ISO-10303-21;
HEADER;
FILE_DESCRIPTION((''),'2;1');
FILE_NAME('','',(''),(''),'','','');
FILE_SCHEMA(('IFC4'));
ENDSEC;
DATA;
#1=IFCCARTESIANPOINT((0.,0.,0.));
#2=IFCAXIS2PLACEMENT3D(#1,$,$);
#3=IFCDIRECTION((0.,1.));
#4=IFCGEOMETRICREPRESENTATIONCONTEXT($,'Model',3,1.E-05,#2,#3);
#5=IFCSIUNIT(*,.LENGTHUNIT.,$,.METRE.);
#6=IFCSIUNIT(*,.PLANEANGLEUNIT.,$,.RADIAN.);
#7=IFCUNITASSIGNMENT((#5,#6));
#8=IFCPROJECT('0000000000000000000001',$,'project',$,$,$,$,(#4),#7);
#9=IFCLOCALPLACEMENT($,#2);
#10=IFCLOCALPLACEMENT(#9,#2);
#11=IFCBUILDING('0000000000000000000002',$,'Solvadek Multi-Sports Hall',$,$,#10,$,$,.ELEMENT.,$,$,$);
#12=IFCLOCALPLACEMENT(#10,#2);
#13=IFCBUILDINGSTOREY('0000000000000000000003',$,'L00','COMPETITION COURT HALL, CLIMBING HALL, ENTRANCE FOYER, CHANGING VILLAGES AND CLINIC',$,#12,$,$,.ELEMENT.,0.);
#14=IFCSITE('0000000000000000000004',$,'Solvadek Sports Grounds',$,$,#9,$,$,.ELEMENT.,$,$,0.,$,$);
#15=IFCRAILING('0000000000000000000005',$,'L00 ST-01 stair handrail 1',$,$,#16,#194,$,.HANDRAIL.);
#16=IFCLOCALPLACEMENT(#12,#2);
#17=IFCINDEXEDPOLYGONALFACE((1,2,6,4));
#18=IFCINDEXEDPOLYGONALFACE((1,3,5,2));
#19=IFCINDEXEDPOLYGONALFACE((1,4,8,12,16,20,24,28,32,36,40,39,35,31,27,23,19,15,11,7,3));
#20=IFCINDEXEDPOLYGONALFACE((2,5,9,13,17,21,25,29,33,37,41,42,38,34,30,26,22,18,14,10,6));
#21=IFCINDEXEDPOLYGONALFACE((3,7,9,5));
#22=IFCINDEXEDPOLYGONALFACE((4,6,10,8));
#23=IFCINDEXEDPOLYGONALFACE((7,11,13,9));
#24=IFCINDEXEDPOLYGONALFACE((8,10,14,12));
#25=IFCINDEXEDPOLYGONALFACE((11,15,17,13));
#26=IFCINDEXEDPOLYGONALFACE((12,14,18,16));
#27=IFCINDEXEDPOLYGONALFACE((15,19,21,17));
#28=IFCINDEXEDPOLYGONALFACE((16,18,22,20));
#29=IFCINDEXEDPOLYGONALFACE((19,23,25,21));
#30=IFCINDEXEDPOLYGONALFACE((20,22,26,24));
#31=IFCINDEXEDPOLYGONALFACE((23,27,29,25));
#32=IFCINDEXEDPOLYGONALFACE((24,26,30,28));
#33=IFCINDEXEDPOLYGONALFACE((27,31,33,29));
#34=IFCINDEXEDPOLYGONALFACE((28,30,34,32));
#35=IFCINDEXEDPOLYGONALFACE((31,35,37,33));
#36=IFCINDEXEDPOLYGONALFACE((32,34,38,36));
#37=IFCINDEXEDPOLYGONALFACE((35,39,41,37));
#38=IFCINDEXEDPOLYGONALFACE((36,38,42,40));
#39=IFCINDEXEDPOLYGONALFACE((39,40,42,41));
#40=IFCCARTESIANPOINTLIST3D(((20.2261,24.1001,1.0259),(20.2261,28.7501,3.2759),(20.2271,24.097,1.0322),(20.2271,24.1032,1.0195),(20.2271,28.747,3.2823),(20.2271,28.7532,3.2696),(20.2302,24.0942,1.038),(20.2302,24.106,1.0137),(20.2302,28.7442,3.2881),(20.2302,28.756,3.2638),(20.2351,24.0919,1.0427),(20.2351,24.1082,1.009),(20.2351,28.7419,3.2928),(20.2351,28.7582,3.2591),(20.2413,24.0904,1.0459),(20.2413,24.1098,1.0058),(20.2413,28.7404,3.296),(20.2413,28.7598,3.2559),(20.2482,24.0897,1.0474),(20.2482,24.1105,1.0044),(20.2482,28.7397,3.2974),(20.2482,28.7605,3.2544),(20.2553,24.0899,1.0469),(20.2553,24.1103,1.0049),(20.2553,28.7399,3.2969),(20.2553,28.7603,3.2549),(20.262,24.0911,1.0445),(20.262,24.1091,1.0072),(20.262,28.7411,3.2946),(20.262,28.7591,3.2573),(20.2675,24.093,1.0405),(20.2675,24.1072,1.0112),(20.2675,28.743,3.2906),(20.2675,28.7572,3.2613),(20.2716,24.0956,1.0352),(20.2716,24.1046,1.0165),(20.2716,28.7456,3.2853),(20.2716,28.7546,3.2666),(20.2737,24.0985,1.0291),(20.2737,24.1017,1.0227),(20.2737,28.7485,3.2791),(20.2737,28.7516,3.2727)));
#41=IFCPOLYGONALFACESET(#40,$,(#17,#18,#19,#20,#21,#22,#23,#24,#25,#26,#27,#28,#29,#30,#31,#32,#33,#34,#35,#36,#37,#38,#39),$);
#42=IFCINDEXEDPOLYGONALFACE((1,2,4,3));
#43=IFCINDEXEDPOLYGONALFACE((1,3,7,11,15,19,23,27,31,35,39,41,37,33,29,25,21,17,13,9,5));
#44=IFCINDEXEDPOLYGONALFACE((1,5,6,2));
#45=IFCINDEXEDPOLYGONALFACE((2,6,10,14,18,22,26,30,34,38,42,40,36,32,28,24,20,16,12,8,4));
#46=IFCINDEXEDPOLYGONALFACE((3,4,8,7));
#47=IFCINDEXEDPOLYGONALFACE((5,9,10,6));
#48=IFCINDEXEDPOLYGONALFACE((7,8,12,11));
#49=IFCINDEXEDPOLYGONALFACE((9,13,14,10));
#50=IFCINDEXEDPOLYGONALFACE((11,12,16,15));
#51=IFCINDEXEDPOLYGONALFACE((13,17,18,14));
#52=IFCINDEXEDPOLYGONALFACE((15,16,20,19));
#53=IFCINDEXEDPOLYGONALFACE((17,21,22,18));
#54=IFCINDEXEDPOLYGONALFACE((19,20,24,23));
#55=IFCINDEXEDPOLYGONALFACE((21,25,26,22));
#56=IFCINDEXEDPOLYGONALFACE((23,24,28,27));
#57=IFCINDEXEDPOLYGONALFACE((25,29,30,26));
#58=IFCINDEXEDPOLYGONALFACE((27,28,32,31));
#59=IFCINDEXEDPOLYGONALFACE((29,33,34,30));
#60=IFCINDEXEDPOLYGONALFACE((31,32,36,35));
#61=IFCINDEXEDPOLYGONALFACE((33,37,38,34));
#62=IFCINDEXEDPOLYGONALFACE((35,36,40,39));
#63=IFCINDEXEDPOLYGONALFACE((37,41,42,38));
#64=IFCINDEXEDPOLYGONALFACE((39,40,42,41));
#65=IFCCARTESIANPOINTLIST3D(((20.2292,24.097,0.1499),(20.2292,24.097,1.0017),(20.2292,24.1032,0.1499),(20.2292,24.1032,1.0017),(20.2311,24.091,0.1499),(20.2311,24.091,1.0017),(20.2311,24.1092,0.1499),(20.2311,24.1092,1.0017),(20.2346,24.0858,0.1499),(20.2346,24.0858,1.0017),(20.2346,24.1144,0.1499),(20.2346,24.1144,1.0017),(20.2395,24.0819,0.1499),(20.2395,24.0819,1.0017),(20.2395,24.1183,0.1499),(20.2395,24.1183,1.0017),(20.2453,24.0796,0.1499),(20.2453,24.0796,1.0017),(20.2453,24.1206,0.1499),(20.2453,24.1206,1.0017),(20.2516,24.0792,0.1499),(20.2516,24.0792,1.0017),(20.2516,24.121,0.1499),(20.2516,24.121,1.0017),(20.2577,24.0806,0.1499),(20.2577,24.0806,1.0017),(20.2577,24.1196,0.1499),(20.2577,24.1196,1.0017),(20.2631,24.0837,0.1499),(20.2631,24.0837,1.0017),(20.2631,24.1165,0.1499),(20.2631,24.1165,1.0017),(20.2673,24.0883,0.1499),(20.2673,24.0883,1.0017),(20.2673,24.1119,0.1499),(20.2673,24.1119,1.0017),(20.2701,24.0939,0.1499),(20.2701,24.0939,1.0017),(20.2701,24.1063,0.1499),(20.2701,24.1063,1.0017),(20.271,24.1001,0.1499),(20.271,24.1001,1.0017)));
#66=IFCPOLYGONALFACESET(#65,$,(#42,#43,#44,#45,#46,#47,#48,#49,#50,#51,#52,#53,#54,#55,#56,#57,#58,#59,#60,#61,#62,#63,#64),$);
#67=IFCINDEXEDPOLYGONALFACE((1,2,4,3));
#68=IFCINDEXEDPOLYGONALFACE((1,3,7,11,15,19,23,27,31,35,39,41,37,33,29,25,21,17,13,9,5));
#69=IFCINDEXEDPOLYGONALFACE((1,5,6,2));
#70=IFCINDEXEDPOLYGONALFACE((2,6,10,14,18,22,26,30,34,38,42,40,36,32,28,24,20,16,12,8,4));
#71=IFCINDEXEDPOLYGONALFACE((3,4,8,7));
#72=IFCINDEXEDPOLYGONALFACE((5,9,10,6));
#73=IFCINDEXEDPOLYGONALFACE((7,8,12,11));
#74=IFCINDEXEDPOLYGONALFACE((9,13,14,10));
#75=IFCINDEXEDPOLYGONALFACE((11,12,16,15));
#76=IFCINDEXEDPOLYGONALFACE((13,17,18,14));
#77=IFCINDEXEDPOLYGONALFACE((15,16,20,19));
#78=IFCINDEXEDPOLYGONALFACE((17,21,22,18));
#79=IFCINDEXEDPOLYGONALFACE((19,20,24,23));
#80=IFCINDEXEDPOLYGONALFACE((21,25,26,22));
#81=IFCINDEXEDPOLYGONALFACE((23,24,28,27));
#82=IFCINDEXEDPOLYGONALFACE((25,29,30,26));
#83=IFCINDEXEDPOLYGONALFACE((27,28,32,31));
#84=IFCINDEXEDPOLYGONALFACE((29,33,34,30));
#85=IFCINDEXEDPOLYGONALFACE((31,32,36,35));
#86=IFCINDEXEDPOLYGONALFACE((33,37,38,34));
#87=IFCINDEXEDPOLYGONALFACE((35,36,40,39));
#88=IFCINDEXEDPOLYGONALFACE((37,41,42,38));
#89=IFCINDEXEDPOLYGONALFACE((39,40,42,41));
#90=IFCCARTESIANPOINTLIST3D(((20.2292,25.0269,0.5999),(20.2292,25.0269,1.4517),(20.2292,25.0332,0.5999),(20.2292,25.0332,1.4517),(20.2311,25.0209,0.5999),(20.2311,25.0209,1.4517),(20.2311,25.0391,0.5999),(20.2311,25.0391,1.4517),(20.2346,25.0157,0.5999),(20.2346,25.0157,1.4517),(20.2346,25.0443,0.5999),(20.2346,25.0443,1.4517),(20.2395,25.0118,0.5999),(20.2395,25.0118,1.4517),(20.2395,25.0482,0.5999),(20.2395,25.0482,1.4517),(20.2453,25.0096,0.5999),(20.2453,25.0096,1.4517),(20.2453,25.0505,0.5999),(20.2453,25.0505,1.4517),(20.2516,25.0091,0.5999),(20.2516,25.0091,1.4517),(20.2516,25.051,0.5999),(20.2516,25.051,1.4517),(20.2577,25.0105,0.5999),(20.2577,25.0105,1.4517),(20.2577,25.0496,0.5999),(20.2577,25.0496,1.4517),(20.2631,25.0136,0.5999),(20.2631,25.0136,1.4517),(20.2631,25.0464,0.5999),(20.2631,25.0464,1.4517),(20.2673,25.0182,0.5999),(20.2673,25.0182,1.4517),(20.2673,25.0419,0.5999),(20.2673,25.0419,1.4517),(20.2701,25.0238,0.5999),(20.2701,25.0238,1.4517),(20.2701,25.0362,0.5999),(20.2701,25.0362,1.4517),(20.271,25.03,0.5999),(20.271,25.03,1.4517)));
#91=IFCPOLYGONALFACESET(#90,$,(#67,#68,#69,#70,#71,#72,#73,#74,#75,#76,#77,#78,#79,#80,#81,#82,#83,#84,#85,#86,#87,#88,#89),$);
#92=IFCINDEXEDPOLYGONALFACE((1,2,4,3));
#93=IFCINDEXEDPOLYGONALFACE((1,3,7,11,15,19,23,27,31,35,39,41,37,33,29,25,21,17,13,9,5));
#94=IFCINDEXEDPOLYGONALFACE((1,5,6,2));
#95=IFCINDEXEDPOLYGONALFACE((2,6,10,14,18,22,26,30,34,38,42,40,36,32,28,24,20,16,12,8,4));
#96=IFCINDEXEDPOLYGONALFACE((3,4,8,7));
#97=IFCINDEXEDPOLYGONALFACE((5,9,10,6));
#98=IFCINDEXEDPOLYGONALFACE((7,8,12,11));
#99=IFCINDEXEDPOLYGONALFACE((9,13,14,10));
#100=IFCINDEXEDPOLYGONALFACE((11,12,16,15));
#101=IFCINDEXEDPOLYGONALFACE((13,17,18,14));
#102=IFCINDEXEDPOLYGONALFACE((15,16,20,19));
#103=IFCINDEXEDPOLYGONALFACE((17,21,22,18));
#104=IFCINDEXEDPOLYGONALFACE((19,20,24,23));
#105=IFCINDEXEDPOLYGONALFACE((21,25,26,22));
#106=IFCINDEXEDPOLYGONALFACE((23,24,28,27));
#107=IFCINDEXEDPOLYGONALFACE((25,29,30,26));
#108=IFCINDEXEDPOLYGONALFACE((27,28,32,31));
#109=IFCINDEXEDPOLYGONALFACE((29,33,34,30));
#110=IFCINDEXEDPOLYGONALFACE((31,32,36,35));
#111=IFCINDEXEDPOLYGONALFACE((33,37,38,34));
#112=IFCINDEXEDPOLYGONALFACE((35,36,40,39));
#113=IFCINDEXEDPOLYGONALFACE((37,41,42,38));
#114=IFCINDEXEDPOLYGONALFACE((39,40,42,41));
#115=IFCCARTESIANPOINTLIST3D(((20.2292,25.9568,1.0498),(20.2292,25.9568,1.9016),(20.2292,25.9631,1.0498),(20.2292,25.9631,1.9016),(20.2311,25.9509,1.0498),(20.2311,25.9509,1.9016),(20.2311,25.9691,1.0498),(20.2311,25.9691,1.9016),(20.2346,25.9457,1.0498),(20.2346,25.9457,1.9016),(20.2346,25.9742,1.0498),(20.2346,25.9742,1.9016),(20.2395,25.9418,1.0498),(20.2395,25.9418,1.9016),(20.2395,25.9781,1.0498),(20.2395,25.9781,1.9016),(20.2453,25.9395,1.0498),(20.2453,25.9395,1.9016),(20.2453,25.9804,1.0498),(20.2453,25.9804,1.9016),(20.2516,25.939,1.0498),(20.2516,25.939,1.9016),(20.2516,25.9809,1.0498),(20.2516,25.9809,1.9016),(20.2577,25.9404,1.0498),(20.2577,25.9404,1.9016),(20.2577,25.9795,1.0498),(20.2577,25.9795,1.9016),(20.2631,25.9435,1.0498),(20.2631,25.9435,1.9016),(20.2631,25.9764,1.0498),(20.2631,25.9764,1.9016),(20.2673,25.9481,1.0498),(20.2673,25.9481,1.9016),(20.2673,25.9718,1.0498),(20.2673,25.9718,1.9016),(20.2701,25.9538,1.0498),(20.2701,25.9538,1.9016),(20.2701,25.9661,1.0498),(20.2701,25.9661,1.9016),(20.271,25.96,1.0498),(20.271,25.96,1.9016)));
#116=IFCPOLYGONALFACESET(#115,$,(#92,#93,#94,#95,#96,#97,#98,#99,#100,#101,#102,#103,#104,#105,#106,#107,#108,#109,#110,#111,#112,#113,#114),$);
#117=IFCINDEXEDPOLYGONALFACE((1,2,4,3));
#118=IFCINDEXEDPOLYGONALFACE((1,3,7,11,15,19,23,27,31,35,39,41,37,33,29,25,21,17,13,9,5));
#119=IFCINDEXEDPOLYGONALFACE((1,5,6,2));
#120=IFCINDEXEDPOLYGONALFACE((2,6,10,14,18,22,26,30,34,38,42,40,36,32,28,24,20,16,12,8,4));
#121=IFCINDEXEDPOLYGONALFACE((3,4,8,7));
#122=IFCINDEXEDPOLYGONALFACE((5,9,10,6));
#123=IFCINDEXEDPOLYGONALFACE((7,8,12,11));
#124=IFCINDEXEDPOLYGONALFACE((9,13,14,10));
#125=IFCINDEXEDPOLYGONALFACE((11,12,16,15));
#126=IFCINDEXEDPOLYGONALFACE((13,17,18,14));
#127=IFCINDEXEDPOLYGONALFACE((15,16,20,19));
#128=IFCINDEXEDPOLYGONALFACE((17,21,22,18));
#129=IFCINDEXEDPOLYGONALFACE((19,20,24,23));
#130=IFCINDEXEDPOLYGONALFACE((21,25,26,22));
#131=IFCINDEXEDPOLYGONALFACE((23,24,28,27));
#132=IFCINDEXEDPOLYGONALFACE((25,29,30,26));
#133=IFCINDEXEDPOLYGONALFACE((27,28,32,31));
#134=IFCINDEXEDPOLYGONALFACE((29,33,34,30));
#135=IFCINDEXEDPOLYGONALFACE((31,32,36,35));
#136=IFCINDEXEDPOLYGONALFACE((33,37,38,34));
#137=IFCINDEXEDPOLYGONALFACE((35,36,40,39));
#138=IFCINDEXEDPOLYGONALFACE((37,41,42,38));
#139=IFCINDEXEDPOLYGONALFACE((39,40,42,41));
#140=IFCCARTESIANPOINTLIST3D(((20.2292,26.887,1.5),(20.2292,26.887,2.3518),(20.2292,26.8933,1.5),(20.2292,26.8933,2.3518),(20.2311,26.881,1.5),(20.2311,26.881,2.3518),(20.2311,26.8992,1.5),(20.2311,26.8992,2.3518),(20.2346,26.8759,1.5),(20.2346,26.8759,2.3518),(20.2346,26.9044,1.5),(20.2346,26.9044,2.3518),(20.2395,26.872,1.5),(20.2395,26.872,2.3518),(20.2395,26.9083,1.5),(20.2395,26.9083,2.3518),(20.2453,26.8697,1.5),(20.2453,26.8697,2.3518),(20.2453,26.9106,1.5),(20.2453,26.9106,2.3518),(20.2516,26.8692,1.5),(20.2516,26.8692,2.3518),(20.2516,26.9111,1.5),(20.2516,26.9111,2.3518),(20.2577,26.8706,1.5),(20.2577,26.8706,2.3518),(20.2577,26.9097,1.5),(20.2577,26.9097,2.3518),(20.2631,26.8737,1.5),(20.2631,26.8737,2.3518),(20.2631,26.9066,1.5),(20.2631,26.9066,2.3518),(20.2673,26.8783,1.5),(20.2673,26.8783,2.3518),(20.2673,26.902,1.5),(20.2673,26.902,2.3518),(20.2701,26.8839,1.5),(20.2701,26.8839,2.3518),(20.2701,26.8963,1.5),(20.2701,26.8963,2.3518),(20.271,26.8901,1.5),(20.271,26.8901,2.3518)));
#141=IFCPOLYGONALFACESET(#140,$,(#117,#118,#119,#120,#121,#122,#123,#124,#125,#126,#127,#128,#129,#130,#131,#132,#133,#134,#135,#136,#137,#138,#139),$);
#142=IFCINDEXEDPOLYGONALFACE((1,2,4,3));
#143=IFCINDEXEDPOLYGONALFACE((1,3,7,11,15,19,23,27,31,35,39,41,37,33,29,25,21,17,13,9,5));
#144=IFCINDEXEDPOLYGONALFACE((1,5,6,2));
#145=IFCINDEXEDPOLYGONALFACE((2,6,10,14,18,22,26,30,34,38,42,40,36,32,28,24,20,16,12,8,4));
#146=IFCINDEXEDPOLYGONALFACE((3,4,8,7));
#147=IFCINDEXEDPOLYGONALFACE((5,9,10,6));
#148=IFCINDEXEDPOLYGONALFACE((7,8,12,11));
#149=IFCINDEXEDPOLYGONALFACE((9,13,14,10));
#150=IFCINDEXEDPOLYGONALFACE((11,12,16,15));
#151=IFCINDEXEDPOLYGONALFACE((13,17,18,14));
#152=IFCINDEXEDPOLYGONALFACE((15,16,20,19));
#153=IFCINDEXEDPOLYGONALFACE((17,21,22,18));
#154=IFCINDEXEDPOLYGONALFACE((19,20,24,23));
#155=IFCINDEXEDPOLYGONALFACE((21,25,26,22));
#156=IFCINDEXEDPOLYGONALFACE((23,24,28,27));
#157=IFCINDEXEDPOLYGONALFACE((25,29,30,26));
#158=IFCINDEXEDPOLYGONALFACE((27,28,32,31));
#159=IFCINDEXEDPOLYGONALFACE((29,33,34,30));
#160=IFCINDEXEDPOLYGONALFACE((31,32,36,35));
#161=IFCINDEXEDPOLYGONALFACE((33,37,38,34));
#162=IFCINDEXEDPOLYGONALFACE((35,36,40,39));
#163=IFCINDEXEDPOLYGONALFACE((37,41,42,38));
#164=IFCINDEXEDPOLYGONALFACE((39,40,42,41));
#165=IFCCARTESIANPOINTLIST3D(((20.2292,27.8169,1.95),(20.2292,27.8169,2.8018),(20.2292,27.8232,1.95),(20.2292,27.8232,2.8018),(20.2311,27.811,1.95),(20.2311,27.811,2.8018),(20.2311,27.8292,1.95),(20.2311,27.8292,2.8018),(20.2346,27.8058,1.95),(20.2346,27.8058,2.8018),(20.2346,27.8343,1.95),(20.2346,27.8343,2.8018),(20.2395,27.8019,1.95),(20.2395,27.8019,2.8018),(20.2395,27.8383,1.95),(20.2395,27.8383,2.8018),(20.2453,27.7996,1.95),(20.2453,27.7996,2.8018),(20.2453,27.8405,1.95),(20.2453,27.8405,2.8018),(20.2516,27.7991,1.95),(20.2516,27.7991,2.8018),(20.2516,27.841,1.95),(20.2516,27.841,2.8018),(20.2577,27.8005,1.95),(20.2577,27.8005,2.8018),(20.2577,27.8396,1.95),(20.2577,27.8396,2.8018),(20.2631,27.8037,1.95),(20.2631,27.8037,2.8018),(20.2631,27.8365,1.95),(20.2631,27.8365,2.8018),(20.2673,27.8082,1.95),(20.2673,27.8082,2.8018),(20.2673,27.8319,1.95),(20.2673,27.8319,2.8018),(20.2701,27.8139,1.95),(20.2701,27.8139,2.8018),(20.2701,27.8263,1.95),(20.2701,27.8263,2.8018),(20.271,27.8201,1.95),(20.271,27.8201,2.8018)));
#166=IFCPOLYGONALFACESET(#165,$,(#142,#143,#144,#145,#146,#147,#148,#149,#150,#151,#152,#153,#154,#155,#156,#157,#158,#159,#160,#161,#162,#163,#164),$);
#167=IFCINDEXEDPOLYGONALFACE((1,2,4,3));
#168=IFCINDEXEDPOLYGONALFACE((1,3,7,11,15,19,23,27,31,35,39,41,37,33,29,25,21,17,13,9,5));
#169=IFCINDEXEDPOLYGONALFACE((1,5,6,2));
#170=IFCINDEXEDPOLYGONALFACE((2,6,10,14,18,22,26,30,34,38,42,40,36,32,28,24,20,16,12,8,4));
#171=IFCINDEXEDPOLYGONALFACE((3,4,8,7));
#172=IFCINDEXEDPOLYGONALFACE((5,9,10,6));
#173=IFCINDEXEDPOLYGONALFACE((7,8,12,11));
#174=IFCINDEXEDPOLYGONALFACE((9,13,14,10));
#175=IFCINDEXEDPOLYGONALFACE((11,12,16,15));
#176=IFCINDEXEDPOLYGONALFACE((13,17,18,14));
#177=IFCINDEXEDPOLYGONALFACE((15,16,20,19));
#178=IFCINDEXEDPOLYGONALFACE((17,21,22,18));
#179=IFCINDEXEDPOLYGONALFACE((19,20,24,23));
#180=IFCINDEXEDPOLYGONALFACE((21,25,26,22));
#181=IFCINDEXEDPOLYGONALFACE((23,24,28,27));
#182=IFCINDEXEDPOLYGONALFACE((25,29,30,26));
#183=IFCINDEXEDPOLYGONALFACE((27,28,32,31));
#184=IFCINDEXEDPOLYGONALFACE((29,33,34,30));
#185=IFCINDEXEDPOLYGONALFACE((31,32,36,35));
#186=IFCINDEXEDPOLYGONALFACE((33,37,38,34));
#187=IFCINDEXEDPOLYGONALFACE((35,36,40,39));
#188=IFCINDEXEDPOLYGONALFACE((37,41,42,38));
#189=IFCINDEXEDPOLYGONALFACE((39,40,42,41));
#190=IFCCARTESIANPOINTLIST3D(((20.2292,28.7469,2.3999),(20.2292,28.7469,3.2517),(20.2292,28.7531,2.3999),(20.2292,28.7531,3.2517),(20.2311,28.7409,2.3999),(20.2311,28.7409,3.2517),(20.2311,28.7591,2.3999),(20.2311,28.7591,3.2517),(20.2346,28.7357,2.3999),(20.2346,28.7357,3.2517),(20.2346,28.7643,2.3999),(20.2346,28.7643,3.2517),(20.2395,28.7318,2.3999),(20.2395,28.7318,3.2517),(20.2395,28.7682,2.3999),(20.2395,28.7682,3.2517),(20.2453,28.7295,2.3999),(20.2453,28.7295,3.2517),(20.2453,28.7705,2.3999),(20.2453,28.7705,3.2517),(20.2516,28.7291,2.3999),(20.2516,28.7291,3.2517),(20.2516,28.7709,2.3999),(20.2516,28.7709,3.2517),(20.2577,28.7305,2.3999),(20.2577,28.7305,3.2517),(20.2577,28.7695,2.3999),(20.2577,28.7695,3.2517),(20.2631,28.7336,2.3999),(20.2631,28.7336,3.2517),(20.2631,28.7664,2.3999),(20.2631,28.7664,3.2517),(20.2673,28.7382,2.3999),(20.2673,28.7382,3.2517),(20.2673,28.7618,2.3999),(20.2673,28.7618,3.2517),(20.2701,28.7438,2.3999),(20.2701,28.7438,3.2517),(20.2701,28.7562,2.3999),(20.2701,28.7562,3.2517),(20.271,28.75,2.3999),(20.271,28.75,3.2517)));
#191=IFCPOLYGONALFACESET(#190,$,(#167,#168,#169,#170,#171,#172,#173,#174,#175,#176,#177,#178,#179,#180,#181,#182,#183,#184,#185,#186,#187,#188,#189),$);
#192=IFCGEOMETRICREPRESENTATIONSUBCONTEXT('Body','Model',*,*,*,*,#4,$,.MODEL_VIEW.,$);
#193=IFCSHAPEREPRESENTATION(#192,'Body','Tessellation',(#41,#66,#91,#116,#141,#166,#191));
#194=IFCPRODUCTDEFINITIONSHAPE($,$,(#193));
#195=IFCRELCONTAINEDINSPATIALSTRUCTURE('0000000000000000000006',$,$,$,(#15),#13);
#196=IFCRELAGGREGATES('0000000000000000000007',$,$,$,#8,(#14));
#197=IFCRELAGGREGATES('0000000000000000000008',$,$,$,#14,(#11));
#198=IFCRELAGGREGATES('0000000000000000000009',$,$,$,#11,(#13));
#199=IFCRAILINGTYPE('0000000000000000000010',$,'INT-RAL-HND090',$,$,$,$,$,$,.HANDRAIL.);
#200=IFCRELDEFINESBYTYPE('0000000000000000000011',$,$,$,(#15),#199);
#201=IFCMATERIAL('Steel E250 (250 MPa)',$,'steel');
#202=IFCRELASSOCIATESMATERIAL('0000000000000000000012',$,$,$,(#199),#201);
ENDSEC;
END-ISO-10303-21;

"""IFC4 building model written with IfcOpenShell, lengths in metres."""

from ifc_helpers import new_model, si_unit, direction, frame, origin, origin_2d, place, context, subcontext, project, spatial, circle, extrude, material, type_object, element, save


model = new_model("IFC4")

# Units and contexts
model_context = context("Model", 3, precision=1e-05, world=origin(), true_north=direction((0.0, 1.0)))
body_context = subcontext(model_context, "Body", "Model", "MODEL_VIEW")
ifc_project = project(units=[si_unit("LENGTHUNIT", "METRE"), si_unit("PLANEANGLEUNIT", "RADIAN")], contexts=[model_context])

# Site, building, storey
site_placement = place(None, origin())
site = spatial("IfcSite", under=ifc_project, at=site_placement, Name="Solvadek Sports Grounds", CompositionType="ELEMENT", RefElevation=0.0)
building_placement = place(site_placement, origin())
building = spatial("IfcBuilding", under=site, at=building_placement, Name="Solvadek Multi-Sports Hall", CompositionType="ELEMENT")
storey_placement = place(building_placement, origin())
storey = spatial("IfcBuildingStorey", under=building, at=storey_placement, Name="L00", Description="COMPETITION COURT HALL, CLIMBING HALL, ENTRANCE FOYER, CHANGING VILLAGES AND CLINIC", CompositionType="ELEMENT", Elevation=0.0)

# Railing
ifc_material_1 = material(Name="Steel E250 (250 MPa)", Category="steel")
railing_type_1 = type_object("IfcRailingType", Name="INT-RAL-HND090", PredefinedType="HANDRAIL", material=ifc_material_1)
railing_1_placement = place(storey_placement, frame((20.25, 24.1001, 0.1499)))
element("IfcRailing", 1, at=railing_1_placement, inside=storey, type_object=railing_type_1, Name="L00 ST-01 stair handrail 1", PredefinedType="HANDRAIL", context=body_context, shape_type="SweptSolid", body=[
    extrude(circle(Radius=0.0239, at=origin_2d()), frame((0.0, 0.0, 0.876), z_axis=(0.0, 0.900156, 0.435568), x_axis=(-1.0, 0.0, 0.0)), (0.0, 0.0, 1.0), 5.1658),
    extrude(circle(Radius=0.021, at=origin_2d()), origin(), (0.0, 0.0, 1.0), 0.8518),
    extrude(circle(Radius=0.021, at=origin_2d()), frame((0.0, 0.9299, 0.45)), (0.0, 0.0, 1.0), 0.8518),
    extrude(circle(Radius=0.021, at=origin_2d()), frame((0.0, 1.8599, 0.8999)), (0.0, 0.0, 1.0), 0.8518),
    extrude(circle(Radius=0.021, at=origin_2d()), frame((0.0, 2.79, 1.3501)), (0.0, 0.0, 1.0), 0.8518),
    extrude(circle(Radius=0.021, at=origin_2d()), frame((0.0, 3.72, 1.8)), (0.0, 0.0, 1.0), 0.8518),
    extrude(circle(Radius=0.021, at=origin_2d()), frame((0.0, 4.6499, 2.25)), (0.0, 0.0, 1.0), 0.8518),
])

save(model, "model.ifc")
